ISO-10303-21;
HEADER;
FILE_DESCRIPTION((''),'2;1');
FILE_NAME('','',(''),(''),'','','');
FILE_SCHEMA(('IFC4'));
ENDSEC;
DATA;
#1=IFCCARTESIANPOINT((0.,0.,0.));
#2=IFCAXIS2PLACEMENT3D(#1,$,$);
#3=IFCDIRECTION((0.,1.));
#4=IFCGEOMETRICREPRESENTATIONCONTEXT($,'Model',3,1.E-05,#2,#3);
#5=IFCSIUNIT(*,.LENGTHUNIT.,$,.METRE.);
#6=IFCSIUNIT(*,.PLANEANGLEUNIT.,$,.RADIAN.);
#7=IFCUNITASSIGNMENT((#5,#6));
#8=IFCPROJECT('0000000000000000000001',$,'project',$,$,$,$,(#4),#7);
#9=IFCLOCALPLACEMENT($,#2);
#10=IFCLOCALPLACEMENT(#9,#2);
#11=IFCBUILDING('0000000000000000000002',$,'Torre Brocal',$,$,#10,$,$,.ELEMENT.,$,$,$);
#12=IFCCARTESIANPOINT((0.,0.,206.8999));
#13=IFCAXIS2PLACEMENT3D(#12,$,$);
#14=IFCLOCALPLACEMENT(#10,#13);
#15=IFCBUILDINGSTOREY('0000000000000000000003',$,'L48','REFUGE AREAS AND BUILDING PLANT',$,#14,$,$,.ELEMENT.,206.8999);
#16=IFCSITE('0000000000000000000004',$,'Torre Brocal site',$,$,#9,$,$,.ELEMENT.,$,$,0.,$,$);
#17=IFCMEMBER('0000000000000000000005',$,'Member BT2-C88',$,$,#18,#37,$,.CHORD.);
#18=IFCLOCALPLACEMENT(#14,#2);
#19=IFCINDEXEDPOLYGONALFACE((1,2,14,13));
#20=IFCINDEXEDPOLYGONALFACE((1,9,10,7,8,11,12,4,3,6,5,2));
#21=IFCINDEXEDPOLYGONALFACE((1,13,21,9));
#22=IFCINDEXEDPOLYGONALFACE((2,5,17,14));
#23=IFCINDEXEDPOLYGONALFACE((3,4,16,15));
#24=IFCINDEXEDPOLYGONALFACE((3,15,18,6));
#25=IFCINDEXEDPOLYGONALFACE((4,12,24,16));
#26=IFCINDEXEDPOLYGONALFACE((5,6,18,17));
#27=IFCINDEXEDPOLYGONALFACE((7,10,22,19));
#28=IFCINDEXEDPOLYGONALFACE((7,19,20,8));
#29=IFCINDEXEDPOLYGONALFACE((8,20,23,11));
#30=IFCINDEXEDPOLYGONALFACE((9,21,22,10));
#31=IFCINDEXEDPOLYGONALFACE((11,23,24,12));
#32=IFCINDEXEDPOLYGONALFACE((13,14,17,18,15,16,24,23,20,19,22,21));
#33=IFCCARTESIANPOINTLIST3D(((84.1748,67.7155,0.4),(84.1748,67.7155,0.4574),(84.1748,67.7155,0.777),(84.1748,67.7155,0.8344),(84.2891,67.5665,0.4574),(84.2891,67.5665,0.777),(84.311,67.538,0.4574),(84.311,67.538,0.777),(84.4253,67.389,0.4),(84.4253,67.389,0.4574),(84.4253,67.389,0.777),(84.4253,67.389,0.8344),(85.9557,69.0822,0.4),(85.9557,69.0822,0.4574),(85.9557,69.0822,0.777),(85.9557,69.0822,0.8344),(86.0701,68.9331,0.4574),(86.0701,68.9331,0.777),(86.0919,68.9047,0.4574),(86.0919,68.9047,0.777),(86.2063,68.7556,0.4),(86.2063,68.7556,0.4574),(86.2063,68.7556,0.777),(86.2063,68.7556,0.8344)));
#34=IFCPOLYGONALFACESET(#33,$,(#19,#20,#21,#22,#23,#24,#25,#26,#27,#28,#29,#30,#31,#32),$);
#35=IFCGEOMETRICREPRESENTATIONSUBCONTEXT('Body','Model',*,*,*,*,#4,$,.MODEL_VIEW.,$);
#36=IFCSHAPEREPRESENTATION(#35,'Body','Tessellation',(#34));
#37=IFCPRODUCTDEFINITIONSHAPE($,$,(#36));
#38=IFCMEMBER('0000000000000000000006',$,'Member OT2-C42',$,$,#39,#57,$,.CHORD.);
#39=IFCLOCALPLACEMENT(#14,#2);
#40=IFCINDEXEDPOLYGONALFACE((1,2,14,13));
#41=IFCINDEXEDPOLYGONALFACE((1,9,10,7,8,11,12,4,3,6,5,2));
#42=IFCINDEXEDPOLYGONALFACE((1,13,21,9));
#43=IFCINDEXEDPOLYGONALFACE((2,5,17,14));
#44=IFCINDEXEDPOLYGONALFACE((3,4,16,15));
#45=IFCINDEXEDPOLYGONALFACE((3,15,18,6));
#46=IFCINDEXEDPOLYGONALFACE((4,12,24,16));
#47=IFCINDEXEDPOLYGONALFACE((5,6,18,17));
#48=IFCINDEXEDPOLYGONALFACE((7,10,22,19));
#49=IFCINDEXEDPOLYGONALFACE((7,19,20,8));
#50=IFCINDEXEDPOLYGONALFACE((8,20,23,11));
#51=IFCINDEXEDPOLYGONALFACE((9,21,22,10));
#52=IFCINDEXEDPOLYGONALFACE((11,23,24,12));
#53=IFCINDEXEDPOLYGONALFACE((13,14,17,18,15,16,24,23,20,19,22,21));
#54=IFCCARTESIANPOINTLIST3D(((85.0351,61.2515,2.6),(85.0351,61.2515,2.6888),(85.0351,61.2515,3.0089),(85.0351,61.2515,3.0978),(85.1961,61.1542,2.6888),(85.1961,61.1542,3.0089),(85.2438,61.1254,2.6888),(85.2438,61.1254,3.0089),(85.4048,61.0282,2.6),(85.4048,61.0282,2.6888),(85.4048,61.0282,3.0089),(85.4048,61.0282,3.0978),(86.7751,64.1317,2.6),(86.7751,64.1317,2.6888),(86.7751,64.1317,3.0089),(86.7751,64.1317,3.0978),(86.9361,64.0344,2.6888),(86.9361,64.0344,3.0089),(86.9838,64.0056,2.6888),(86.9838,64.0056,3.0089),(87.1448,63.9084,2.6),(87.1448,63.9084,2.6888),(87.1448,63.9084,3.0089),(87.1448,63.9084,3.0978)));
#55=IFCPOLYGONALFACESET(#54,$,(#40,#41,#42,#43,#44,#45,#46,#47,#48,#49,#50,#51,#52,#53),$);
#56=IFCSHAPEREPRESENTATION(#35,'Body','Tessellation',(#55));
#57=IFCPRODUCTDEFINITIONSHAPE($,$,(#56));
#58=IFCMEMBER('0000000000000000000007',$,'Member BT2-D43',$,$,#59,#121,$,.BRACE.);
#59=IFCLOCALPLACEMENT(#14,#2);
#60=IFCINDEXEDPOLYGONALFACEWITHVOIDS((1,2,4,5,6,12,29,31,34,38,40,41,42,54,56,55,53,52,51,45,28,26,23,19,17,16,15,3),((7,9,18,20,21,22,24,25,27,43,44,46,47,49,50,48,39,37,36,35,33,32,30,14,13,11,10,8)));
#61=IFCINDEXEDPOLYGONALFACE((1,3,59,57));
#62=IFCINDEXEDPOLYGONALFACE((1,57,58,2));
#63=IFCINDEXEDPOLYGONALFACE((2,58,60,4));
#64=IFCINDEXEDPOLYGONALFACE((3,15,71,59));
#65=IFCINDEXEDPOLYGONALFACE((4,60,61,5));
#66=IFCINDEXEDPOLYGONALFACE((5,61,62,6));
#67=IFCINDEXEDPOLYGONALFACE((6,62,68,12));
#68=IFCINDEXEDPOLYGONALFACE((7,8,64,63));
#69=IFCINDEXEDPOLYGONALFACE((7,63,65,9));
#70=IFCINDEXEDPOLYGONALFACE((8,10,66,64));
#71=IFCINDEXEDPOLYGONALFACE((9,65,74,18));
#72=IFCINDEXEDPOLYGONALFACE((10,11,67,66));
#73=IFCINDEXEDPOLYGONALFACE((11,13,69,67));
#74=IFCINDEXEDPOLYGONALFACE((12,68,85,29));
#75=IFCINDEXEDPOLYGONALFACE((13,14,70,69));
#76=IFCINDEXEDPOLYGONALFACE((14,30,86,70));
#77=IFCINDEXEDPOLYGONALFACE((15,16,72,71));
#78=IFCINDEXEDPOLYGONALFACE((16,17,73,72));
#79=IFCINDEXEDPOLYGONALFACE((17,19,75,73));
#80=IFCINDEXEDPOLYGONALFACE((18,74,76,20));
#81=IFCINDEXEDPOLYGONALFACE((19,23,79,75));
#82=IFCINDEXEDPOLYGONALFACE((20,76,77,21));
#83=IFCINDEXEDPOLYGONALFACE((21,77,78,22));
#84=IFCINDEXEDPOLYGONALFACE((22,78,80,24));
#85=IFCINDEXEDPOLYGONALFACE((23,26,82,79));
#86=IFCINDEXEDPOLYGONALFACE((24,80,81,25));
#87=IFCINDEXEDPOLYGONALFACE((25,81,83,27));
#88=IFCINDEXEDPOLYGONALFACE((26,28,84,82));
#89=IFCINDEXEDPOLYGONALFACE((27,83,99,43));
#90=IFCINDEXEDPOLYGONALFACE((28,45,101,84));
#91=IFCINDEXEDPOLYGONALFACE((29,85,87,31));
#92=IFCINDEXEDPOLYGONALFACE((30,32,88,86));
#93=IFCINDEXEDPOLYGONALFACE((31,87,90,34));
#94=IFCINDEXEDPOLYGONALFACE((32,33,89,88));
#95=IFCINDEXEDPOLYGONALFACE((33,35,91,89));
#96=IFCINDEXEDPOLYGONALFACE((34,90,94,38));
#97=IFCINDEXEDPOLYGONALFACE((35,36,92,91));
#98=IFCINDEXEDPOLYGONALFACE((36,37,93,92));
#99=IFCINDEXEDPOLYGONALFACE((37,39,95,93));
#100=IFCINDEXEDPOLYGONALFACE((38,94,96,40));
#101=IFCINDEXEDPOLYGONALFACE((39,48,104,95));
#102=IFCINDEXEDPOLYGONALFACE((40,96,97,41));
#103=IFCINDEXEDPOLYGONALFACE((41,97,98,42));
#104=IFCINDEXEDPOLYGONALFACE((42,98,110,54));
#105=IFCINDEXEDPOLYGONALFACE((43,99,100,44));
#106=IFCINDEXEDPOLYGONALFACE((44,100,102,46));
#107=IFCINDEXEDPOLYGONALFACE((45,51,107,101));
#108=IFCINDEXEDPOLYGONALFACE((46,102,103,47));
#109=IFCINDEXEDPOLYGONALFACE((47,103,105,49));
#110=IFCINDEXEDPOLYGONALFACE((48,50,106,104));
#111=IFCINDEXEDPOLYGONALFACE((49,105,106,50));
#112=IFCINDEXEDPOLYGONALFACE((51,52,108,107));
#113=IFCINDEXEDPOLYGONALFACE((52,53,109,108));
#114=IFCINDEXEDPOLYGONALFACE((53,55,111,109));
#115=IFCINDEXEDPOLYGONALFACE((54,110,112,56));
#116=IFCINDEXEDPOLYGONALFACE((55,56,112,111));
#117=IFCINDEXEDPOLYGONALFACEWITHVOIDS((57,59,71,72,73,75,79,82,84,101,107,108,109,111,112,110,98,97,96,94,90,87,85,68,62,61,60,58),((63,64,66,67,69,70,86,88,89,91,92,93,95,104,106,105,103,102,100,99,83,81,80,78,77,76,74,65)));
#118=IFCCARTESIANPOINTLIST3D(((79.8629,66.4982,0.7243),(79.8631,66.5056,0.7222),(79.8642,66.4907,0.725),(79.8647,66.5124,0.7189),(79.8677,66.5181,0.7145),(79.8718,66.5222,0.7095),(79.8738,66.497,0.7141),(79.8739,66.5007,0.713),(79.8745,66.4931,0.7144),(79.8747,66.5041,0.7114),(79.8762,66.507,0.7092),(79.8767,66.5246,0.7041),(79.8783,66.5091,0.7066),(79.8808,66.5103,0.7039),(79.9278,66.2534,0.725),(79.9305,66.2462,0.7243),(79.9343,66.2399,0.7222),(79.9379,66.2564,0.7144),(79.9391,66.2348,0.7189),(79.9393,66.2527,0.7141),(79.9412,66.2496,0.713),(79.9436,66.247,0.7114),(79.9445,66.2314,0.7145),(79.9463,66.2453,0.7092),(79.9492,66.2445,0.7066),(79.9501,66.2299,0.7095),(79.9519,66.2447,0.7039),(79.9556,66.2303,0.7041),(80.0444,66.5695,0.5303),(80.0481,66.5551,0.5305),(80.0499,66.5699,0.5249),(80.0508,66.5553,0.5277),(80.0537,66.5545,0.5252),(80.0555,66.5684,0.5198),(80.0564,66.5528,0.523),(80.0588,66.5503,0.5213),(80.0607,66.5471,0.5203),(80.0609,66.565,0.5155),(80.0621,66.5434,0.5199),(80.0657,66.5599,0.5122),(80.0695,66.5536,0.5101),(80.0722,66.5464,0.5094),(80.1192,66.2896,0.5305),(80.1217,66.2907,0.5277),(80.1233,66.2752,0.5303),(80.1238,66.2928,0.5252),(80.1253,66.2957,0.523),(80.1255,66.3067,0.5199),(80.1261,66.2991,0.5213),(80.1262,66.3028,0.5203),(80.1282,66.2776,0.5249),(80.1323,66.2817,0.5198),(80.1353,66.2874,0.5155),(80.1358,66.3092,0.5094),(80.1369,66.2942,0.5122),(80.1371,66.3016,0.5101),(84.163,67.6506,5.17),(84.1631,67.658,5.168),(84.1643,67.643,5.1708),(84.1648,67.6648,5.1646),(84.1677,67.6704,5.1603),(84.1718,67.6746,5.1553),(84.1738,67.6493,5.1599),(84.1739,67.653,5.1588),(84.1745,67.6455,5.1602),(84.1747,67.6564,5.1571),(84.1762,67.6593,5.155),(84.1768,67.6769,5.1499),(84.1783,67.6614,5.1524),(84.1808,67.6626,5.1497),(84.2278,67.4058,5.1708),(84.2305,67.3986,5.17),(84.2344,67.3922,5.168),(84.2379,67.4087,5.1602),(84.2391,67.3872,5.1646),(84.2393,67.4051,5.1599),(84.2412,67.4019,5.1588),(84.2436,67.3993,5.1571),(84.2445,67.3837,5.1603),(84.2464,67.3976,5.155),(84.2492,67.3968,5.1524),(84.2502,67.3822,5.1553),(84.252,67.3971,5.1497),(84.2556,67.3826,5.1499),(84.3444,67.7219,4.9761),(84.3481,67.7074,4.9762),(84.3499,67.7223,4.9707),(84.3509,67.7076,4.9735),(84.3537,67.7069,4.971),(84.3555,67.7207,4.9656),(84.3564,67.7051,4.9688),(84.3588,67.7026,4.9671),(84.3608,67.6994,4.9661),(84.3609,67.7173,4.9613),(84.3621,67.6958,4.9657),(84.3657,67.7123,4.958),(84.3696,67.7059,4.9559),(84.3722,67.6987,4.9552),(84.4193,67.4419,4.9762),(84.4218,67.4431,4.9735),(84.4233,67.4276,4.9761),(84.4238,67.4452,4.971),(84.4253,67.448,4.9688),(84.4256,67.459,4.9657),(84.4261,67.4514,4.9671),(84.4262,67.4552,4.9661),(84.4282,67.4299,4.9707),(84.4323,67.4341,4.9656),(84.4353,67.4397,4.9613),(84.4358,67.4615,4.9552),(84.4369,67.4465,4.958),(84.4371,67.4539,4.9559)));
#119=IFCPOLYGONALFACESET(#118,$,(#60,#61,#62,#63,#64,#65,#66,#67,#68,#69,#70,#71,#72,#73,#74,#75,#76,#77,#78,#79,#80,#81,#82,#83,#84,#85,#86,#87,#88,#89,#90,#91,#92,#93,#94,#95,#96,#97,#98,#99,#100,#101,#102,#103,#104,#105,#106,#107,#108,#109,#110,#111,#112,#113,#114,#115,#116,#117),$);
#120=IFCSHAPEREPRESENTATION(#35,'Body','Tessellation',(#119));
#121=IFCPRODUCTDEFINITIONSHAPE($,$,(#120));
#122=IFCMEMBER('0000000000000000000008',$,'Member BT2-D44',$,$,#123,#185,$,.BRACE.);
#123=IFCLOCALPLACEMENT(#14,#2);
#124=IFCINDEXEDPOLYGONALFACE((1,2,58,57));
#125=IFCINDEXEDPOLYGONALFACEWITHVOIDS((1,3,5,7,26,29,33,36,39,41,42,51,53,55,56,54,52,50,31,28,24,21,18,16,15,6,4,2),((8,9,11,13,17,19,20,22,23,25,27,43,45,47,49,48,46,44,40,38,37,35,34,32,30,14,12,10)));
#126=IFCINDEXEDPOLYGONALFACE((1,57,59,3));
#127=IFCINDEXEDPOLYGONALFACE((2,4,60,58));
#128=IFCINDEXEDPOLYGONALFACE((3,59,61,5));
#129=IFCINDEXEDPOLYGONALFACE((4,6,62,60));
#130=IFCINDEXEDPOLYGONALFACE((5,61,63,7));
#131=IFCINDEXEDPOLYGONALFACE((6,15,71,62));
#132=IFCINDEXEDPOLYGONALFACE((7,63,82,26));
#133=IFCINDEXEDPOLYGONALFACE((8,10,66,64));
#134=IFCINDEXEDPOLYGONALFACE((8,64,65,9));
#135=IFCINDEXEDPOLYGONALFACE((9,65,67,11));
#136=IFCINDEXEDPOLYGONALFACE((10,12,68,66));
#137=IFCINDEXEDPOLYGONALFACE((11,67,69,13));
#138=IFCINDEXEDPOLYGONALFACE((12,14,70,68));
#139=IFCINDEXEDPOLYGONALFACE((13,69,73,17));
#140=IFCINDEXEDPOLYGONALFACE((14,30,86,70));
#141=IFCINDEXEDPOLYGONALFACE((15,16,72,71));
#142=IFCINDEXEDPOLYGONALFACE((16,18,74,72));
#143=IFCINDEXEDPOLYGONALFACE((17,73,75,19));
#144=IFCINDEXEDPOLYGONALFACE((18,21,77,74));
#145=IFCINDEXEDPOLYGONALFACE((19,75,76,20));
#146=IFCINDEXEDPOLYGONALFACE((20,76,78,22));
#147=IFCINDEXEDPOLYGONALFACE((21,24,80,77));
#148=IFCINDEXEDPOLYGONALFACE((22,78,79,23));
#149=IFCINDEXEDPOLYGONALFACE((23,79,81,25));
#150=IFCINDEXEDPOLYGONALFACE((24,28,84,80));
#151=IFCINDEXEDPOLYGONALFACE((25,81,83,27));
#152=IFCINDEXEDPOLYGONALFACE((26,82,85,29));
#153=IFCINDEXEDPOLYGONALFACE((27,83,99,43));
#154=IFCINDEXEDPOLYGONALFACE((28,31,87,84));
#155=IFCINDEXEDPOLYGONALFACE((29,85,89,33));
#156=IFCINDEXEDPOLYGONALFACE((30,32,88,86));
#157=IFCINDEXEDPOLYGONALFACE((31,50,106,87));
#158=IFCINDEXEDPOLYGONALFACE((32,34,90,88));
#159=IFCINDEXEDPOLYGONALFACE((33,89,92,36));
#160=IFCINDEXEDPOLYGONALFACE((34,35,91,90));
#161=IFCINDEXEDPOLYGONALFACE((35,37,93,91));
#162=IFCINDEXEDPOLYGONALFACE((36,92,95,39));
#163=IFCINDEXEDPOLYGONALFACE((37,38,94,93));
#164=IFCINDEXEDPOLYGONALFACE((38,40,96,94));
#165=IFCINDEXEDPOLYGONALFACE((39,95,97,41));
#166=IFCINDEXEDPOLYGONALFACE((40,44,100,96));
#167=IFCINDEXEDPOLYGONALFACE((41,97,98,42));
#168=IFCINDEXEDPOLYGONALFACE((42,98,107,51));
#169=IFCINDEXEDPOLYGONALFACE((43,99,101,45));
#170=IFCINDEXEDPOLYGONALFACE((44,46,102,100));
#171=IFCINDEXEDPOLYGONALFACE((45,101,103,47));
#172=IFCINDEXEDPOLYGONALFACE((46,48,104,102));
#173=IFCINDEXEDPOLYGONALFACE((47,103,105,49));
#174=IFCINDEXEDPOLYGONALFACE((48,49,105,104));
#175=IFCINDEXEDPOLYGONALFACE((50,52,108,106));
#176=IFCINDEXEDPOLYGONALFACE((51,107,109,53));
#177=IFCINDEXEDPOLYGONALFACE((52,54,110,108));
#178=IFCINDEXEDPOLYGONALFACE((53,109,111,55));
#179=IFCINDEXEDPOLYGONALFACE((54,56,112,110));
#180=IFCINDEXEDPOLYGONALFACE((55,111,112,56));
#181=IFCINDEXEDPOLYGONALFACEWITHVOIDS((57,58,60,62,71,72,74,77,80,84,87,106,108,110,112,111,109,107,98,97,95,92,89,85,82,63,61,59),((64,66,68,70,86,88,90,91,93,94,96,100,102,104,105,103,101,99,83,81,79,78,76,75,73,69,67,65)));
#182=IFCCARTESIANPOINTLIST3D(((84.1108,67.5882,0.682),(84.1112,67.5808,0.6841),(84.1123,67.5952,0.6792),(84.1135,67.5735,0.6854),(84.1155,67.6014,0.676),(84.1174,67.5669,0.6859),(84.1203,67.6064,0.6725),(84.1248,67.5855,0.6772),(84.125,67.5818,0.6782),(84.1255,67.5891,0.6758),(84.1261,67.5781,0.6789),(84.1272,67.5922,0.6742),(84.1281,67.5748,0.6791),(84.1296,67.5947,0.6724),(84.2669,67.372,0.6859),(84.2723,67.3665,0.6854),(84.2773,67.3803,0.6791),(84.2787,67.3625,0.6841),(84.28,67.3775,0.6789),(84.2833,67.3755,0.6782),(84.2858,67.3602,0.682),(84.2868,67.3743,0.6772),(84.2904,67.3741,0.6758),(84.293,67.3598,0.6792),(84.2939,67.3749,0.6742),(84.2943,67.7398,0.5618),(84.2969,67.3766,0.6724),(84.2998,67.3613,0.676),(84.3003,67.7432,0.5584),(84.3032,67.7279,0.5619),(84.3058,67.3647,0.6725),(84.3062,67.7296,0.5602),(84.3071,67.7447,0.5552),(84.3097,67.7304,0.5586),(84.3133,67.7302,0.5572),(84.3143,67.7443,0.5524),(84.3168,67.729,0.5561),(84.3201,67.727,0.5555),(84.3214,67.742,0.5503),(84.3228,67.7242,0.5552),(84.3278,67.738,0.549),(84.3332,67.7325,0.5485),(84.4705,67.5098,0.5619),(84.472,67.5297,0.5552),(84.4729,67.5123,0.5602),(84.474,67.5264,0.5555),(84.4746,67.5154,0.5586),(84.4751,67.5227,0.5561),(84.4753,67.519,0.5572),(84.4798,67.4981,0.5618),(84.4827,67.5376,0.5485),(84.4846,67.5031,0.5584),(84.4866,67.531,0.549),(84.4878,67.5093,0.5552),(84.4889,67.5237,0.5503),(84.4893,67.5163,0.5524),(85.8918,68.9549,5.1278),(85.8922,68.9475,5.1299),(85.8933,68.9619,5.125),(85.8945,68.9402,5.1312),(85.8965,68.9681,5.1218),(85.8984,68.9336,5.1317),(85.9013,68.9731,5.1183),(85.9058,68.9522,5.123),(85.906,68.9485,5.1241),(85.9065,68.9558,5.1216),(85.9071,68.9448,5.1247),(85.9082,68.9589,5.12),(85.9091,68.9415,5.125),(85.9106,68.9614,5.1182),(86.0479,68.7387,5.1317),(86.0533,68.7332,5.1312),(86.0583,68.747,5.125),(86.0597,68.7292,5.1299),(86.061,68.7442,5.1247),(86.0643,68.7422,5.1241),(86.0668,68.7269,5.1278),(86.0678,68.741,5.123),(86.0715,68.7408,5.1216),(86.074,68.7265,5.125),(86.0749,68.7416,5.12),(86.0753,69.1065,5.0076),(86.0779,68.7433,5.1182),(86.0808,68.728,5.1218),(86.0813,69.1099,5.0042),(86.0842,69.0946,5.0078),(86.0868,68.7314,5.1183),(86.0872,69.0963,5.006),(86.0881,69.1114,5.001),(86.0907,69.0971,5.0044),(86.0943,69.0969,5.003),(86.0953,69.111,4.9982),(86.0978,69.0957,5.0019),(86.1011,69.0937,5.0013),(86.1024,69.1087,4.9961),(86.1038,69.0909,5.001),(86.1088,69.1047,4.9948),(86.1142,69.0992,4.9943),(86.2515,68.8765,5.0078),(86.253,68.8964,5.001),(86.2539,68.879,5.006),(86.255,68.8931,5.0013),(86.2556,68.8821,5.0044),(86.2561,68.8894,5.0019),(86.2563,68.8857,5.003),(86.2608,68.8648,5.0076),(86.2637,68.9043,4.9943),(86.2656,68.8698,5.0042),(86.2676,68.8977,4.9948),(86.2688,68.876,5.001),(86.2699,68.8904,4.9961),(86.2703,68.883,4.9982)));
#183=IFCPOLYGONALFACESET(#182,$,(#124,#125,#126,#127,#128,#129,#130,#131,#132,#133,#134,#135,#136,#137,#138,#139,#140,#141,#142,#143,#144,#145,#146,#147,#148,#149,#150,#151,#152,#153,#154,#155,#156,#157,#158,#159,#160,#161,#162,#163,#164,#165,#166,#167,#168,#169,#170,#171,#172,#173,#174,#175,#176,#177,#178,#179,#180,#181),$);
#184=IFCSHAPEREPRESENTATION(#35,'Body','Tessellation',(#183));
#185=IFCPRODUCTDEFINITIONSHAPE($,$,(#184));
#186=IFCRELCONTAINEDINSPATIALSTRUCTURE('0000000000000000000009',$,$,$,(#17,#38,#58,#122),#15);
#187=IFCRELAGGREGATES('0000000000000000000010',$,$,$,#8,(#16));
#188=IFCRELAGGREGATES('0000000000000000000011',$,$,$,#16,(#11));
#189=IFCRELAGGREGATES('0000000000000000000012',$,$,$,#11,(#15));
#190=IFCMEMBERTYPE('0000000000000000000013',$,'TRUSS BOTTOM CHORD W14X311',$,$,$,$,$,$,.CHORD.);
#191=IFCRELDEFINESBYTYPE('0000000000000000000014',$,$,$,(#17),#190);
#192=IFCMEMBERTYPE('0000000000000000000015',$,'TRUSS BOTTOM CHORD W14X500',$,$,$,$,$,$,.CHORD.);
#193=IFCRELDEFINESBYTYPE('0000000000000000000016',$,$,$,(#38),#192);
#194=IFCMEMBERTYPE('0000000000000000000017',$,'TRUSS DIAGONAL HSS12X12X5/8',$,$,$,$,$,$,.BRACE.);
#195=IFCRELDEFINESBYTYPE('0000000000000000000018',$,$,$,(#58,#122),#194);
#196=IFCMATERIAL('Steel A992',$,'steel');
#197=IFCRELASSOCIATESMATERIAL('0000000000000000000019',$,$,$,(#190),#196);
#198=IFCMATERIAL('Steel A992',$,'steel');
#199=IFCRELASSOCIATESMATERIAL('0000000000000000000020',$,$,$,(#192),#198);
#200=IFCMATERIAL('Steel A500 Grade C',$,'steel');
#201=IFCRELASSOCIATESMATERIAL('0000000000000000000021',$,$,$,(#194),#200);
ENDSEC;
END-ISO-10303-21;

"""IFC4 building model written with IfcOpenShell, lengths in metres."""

from ifc_helpers import new_model, si_unit, direction, frame, origin, origin_2d, place, context, subcontext, project, spatial, hollow_rectangle, i_section, extrude, material, material_profile, profile_set, type_object, element, save


model = new_model("IFC4")

# Units and contexts
model_context = context("Model", 3, precision=1e-05, world=origin(), true_north=direction((0.0, 1.0)))
body_context = subcontext(model_context, "Body", "Model", "MODEL_VIEW")
ifc_project = project(units=[si_unit("LENGTHUNIT", "METRE"), si_unit("PLANEANGLEUNIT", "RADIAN")], contexts=[model_context])

# Site, building, storey
site_placement = place(None, origin())
site = spatial("IfcSite", under=ifc_project, at=site_placement, Name="Torre Brocal site", CompositionType="ELEMENT", RefElevation=0.0)
building_placement = place(site_placement, origin())
building = spatial("IfcBuilding", under=site, at=building_placement, Name="Torre Brocal", CompositionType="ELEMENT")
storey_placement = place(building_placement, frame((0.0, 0.0, 206.8999)))
storey = spatial("IfcBuildingStorey", under=building, at=storey_placement, Name="L48", Description="REFUGE AREAS AND BUILDING PLANT", CompositionType="ELEMENT", Elevation=206.8999)

# Members
ifc_material_1 = material(Name="Steel A992", Category="steel")
ifc_material_profile_1 = material_profile(ifc_material_1, i_section(OverallWidth=0.4116, OverallDepth=0.4343, WebThickness=0.0359, FlangeThickness=0.0574, at=origin_2d()), Name="W14X311")
ifc_profile_set_1 = profile_set([ifc_material_profile_1], Name="Steel A992")
member_type_1 = type_object("IfcMemberType", Name="TRUSS BOTTOM CHORD W14X311", PredefinedType="CHORD", material=ifc_profile_set_1)
member_1_placement = place(storey_placement, frame((84.3, 67.5522, 0.6172), z_axis=(0.793335, 0.608785, 0.0), x_axis=(-0.608785, 0.793335, 0.0)))
element("IfcMember", 1, at=member_1_placement, inside=storey, type_object=member_type_1, Name="Member BT2-C88", PredefinedType="CHORD", context=body_context, shape_type="SweptSolid", body=[
    extrude(i_section(OverallWidth=0.4116, OverallDepth=0.4343, WebThickness=0.0359, FlangeThickness=0.0574, at=origin_2d()), origin(), (0.0, 0.0, 1.0), 2.2449),
])
ifc_material_2 = material(Name="Steel A992", Category="steel")
ifc_material_profile_2 = material_profile(ifc_material_2, i_section(OverallWidth=0.4319, OverallDepth=0.4978, WebThickness=0.0557, FlangeThickness=0.0889, at=origin_2d()), Name="W14X500")
ifc_profile_set_2 = profile_set([ifc_material_profile_2], Name="Steel A992")
member_type_2 = type_object("IfcMemberType", Name="TRUSS BOTTOM CHORD W14X500", PredefinedType="CHORD", material=ifc_profile_set_2)
member_2_placement = place(storey_placement, frame((86.96, 64.02, 2.8489), z_axis=(-0.517097, -0.855927, 0.0), x_axis=(0.855927, -0.517097, 0.0)))
element("IfcMember", 2, at=member_2_placement, inside=storey, type_object=member_type_2, Name="Member OT2-C42", PredefinedType="CHORD", context=body_context, shape_type="SweptSolid", body=[
    extrude(i_section(OverallWidth=0.4319, OverallDepth=0.4978, WebThickness=0.0557, FlangeThickness=0.0889, at=origin_2d()), origin(), (0.0, 0.0, 1.0), 3.365),
])
ifc_material_3 = material(Name="Steel A500 Grade C", Category="steel")
ifc_material_profile_3 = material_profile(ifc_material_3, hollow_rectangle(XDim=0.3047, YDim=0.3047, WallThickness=0.0149, InnerFilletRadius=0.0149, OuterFilletRadius=0.0295, at=origin_2d()), Name="HSS12X12X5/8")
ifc_profile_set_3 = profile_set([ifc_material_profile_3], Name="Steel A500 Grade C")
member_type_3 = type_object("IfcMemberType", Name="TRUSS DIAGONAL HSS12X12X5/8", PredefinedType="BRACE", material=ifc_profile_set_3)
member_3_placement = place(storey_placement, frame((80.0, 66.3999, 0.6172), z_axis=(0.683465, 0.183158, 0.706632), x_axis=(-0.25885, 0.965917, 0.0)))
element("IfcMember", 3, at=member_3_placement, inside=storey, type_object=member_type_3, Name="Member BT2-D43", PredefinedType="BRACE", context=body_context, shape_type="SweptSolid", body=[
    extrude(hollow_rectangle(XDim=0.3047, YDim=0.3047, WallThickness=0.0149, InnerFilletRadius=0.0149, OuterFilletRadius=0.0295, at=origin_2d()), origin(), (0.0, 0.0, 1.0), 6.2915),
])
member_4_placement = place(storey_placement, frame((84.3, 67.5522, 0.6172), z_axis=(0.357599, 0.274412, 0.892648), x_axis=(-0.608785, 0.793335, 0.0)))
element("IfcMember", 4, at=member_4_placement, inside=storey, type_object=member_type_3, Name="Member BT2-D44", PredefinedType="BRACE", context=body_context, shape_type="SweptSolid", body=[
    extrude(hollow_rectangle(XDim=0.3047, YDim=0.3047, WallThickness=0.0149, InnerFilletRadius=0.0149, OuterFilletRadius=0.0295, at=origin_2d()), origin(), (0.0, 0.0, 1.0), 4.9805),
])

save(model, "model.ifc")
